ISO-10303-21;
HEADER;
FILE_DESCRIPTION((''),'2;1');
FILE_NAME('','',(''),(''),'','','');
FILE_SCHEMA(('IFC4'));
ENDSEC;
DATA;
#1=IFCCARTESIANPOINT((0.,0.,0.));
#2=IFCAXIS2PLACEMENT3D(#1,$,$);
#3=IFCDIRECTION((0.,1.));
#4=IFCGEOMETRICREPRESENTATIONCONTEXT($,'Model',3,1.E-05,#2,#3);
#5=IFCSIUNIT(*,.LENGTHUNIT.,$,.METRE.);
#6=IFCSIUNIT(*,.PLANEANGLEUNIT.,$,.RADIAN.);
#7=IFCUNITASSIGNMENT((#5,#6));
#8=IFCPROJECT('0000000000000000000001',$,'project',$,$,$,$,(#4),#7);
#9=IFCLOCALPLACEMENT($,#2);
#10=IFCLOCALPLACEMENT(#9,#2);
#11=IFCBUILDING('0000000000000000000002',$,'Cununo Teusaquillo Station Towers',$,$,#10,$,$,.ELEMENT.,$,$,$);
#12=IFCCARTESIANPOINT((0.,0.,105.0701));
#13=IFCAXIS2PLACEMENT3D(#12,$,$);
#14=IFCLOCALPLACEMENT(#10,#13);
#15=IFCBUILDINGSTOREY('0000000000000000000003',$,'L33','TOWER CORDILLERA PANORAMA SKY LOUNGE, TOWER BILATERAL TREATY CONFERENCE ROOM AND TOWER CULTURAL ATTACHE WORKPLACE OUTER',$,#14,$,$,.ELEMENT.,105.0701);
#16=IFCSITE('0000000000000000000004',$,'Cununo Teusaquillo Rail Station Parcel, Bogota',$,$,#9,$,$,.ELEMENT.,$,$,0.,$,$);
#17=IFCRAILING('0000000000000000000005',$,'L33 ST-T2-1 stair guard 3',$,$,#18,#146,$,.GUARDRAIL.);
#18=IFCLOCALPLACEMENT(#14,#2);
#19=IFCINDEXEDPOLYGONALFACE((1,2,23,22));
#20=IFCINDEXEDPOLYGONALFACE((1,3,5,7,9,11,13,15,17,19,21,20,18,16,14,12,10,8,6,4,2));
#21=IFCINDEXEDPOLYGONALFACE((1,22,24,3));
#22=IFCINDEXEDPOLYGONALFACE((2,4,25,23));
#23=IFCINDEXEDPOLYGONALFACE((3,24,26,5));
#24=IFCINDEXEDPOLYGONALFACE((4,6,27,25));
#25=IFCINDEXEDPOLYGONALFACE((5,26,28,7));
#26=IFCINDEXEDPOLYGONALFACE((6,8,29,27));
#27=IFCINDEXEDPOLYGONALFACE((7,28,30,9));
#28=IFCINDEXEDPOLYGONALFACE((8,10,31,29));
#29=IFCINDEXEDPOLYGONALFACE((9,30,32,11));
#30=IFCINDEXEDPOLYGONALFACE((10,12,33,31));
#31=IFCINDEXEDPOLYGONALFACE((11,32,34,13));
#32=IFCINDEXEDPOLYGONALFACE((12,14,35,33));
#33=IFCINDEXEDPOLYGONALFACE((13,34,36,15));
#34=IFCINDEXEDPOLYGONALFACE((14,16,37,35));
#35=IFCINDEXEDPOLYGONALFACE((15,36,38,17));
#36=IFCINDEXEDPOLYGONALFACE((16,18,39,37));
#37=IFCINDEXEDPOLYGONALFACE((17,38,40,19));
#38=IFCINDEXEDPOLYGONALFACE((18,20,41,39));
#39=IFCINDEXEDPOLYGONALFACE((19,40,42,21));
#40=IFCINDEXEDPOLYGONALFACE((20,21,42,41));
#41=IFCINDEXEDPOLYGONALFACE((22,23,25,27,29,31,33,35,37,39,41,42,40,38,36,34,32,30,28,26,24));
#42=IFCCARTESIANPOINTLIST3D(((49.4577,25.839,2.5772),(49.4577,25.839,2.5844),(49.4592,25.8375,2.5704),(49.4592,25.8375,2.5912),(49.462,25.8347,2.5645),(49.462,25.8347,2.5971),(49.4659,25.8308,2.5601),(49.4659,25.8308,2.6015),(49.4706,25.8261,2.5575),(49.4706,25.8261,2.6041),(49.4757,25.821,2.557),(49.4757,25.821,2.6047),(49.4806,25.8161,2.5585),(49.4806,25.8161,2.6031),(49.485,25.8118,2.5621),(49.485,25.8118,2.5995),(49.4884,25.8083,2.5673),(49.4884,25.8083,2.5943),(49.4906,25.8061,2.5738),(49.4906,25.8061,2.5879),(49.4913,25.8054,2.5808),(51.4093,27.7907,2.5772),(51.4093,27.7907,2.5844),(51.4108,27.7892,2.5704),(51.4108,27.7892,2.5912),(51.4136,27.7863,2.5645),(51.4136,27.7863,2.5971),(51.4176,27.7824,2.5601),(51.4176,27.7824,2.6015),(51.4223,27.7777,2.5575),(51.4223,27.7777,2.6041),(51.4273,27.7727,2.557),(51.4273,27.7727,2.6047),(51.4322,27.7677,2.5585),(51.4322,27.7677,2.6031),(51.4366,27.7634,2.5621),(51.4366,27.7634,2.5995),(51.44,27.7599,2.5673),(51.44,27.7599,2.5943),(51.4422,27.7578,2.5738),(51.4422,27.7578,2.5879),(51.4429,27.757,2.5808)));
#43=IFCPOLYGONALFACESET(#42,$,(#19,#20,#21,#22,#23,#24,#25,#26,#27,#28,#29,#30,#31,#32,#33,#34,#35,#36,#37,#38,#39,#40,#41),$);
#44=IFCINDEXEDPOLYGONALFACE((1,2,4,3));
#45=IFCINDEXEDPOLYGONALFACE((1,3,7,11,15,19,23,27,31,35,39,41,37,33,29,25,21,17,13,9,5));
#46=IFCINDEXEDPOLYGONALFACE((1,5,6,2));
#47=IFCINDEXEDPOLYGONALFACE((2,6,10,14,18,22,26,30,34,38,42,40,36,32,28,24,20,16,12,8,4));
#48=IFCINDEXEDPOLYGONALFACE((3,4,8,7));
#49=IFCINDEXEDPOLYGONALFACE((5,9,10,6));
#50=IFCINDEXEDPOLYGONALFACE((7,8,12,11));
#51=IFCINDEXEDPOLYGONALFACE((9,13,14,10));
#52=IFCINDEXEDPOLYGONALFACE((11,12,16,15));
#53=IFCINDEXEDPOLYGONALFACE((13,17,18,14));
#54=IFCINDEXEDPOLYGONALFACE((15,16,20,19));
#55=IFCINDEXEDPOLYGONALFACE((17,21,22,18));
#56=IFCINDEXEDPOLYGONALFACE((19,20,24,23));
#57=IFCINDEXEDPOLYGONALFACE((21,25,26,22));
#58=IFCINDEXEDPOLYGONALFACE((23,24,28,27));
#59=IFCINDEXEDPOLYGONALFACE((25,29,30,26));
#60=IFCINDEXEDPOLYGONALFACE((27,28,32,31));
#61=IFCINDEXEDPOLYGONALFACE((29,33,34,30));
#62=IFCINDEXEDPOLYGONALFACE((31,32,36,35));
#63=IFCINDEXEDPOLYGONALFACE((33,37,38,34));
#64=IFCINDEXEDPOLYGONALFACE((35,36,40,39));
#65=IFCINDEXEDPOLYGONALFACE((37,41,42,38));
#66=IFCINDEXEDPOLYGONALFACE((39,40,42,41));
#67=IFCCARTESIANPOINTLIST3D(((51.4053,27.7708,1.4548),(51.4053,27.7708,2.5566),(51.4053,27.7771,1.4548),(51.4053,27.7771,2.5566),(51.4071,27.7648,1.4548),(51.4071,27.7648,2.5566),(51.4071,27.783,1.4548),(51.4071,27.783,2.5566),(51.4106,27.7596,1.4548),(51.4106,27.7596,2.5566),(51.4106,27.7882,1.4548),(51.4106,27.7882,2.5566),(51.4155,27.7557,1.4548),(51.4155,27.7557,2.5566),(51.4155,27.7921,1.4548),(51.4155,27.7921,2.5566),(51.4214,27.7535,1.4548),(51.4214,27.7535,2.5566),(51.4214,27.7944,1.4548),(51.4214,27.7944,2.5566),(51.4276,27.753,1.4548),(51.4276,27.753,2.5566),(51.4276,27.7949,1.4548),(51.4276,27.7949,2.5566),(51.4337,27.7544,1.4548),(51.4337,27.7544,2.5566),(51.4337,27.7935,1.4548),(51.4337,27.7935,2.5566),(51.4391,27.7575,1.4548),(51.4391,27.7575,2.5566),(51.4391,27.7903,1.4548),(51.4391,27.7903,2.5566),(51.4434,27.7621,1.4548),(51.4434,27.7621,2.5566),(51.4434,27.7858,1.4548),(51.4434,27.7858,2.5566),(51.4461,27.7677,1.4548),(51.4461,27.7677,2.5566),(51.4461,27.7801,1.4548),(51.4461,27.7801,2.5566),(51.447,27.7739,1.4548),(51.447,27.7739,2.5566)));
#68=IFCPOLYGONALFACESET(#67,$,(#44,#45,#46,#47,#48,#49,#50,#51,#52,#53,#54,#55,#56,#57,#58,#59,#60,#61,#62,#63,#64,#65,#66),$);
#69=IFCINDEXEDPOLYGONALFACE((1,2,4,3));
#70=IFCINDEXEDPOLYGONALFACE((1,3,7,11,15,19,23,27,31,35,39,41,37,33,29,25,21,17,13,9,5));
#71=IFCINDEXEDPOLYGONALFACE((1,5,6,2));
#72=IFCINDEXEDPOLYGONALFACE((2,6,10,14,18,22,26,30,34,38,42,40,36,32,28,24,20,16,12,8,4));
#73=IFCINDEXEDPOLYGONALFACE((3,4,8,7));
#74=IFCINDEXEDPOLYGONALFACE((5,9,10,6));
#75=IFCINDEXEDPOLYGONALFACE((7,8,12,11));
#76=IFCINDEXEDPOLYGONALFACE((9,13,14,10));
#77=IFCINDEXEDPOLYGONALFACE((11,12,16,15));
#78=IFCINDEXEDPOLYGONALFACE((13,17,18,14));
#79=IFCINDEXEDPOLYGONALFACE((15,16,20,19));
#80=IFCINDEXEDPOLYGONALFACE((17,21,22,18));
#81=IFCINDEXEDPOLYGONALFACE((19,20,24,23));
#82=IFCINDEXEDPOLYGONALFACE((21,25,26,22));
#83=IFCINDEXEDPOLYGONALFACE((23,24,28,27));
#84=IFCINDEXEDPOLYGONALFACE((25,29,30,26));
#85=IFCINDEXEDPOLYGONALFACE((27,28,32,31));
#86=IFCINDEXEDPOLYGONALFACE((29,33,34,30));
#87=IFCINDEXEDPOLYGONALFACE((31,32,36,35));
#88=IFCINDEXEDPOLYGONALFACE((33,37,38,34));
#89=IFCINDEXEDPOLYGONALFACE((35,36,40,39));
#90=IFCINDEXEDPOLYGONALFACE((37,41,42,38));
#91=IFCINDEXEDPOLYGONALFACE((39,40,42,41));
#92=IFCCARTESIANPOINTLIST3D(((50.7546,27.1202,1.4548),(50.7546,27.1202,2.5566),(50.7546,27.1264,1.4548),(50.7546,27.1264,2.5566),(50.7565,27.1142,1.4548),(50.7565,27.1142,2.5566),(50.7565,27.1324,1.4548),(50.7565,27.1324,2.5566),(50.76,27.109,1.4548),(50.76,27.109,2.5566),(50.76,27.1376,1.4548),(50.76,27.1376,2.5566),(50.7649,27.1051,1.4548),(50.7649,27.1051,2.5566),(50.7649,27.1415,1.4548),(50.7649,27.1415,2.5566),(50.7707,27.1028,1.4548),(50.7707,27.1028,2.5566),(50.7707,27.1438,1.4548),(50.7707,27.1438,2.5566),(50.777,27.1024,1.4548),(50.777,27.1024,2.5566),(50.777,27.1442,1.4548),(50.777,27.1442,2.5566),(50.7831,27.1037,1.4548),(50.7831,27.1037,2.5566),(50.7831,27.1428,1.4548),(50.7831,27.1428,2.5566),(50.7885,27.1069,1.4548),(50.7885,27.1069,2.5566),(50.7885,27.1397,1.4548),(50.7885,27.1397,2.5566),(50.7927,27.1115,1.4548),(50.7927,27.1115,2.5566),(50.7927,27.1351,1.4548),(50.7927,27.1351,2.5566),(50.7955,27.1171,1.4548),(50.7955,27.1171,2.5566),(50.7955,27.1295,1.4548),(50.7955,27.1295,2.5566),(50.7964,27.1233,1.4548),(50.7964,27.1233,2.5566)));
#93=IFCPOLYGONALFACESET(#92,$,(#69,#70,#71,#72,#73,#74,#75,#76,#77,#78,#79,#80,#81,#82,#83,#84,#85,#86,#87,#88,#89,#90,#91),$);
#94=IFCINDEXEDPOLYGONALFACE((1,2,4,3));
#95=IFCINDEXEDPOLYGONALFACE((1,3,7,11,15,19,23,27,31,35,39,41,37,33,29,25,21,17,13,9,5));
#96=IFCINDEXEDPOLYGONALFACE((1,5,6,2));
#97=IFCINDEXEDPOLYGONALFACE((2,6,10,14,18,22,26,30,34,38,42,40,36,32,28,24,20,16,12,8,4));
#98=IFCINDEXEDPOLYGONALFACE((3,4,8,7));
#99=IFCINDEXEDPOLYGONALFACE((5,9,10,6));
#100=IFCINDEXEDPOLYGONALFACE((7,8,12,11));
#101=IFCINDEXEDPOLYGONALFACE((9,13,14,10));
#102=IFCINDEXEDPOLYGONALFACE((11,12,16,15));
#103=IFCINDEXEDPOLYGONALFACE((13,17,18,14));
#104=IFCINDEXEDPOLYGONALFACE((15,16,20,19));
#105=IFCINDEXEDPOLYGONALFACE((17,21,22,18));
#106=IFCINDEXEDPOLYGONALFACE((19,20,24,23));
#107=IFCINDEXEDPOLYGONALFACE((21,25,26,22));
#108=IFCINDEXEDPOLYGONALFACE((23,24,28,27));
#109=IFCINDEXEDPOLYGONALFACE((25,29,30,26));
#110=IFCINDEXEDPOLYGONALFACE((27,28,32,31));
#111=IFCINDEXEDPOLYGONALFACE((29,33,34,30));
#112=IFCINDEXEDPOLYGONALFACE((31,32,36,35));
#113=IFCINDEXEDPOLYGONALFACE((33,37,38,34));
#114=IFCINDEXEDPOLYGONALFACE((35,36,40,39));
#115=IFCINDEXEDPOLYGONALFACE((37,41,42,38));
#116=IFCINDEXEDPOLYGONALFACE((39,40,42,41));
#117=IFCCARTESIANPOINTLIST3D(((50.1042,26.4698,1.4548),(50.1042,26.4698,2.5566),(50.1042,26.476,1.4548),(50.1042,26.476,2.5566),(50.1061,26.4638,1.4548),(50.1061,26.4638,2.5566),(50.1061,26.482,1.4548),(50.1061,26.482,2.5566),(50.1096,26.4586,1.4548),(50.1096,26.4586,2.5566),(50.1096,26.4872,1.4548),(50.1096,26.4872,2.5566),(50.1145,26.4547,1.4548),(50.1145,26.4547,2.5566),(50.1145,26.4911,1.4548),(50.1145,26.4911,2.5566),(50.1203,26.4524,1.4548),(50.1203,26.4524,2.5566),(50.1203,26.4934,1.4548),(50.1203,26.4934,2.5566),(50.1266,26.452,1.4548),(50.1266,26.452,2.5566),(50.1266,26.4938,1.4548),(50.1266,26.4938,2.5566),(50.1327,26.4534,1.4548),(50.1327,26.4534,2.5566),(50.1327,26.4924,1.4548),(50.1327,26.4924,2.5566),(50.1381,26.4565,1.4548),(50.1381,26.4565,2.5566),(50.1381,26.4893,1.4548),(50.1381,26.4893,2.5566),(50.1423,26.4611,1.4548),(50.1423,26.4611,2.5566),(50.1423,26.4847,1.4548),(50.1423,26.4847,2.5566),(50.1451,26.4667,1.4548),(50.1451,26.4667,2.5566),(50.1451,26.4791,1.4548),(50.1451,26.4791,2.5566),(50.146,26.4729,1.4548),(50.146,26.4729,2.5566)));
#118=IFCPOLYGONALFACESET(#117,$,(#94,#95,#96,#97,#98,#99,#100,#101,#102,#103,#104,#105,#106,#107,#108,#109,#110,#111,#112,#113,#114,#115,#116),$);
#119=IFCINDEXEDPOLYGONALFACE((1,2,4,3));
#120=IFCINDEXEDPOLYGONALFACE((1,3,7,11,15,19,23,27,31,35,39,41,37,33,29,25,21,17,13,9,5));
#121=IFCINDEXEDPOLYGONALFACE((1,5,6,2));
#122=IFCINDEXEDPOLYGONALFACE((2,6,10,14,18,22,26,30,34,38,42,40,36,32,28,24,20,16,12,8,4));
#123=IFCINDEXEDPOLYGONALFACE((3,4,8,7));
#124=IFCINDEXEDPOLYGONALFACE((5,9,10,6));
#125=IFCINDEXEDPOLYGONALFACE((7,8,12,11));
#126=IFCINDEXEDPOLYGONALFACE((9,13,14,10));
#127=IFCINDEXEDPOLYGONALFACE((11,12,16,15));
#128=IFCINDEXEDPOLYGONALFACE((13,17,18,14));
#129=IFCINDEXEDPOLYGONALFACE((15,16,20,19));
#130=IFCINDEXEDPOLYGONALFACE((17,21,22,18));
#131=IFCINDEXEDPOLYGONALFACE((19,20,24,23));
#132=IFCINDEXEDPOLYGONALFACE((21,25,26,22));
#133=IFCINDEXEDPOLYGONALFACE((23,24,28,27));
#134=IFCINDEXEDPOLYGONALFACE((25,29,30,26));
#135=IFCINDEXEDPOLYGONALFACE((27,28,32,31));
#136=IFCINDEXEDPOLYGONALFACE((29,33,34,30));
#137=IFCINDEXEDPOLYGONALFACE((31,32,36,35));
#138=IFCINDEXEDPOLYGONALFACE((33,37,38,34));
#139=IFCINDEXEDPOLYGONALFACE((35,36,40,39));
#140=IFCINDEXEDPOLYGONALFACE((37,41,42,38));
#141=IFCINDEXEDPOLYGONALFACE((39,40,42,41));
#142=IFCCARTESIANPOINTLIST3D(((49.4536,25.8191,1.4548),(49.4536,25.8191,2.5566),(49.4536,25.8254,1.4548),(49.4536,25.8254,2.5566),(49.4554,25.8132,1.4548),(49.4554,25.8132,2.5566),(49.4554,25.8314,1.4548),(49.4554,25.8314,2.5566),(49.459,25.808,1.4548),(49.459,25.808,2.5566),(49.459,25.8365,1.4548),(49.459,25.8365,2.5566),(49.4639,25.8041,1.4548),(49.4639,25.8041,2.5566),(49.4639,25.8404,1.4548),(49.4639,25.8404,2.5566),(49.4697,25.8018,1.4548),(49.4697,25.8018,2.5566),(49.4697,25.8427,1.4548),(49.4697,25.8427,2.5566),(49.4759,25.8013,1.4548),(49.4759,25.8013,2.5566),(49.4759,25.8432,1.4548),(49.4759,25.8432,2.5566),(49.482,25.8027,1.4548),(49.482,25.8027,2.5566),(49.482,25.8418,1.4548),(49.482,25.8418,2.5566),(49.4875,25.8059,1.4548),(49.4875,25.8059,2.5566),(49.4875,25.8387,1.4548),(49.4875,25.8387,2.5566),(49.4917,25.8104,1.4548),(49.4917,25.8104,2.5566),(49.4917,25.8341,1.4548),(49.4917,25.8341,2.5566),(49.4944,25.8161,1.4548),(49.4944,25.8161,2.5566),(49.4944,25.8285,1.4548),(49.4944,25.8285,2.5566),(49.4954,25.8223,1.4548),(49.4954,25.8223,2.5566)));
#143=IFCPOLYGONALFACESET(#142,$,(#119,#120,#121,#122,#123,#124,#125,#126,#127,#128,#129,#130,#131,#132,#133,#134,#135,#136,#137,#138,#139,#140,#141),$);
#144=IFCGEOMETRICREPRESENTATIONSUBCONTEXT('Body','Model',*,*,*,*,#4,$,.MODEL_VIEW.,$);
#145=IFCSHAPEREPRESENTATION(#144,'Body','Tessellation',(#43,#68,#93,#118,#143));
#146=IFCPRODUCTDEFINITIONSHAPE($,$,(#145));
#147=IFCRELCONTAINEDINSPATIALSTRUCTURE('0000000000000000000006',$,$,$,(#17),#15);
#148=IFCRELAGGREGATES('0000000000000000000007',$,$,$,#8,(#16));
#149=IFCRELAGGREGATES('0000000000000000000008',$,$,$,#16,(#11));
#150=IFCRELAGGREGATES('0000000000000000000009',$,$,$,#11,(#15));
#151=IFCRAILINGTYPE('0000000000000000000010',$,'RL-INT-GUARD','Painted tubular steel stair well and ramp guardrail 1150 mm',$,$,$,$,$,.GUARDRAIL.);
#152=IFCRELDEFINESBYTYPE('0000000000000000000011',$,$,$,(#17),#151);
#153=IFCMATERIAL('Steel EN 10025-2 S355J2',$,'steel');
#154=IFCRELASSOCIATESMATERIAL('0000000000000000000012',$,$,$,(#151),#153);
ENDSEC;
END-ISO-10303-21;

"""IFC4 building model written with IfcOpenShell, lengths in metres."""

from ifc_helpers import new_model, si_unit, direction, frame, origin, origin_2d, place, context, subcontext, project, spatial, circle, extrude, material, type_object, element, save


model = new_model("IFC4")

# Units and contexts
model_context = context("Model", 3, precision=1e-05, world=origin(), true_north=direction((0.0, 1.0)))
body_context = subcontext(model_context, "Body", "Model", "MODEL_VIEW")
ifc_project = project(units=[si_unit("LENGTHUNIT", "METRE"), si_unit("PLANEANGLEUNIT", "RADIAN")], contexts=[model_context])

# Site, building, storey
site_placement = place(None, origin())
site = spatial("IfcSite", under=ifc_project, at=site_placement, Name="Cununo Teusaquillo Rail Station Parcel, Bogota", CompositionType="ELEMENT", RefElevation=0.0)
building_placement = place(site_placement, origin())
building = spatial("IfcBuilding", under=site, at=building_placement, Name="Cununo Teusaquillo Station Towers", CompositionType="ELEMENT")
storey_placement = place(building_placement, frame((0.0, 0.0, 105.0701)))
storey = spatial("IfcBuildingStorey", under=building, at=storey_placement, Name="L33", Description="TOWER CORDILLERA PANORAMA SKY LOUNGE, TOWER BILATERAL TREATY CONFERENCE ROOM AND TOWER CULTURAL ATTACHE WORKPLACE OUTER", CompositionType="ELEMENT", Elevation=105.0701)

# Railing
ifc_material_1 = material(Name="Steel EN 10025-2 S355J2", Category="steel")
railing_type = type_object("IfcRailingType", Name="RL-INT-GUARD", Description="Painted tubular steel stair well and ramp guardrail 1150 mm", PredefinedType="GUARDRAIL", material=ifc_material_1)
railing_1_placement = place(storey_placement, frame((51.426, 27.7739, 1.4548)))
element("IfcRailing", 1, at=railing_1_placement, inside=storey, type_object=railing_type, Name="L33 ST-T2-1 stair guard 3", PredefinedType="GUARDRAIL", context=body_context, shape_type="SweptSolid", body=[
    extrude(circle(Radius=0.0239, at=origin_2d()), frame((0.0, 0.0, 1.126), z_axis=(-0.707107, -0.707107, 0.0), x_axis=(0.707107, -0.707107, 0.0)), (0.0, 0.0, 1.0), 2.76),
    extrude(circle(Radius=0.021, at=origin_2d()), origin(), (0.0, 0.0, 1.0), 1.1018),
    extrude(circle(Radius=0.021, at=origin_2d()), frame((-0.6506, -0.6506, 0.0)), (0.0, 0.0, 1.0), 1.1018),
    extrude(circle(Radius=0.021, at=origin_2d()), frame((-1.301, -1.301, 0.0)), (0.0, 0.0, 1.0), 1.1018),
    extrude(circle(Radius=0.021, at=origin_2d()), frame((-1.9517, -1.9517, 0.0)), (0.0, 0.0, 1.0), 1.1018),
])

save(model, "model.ifc")
